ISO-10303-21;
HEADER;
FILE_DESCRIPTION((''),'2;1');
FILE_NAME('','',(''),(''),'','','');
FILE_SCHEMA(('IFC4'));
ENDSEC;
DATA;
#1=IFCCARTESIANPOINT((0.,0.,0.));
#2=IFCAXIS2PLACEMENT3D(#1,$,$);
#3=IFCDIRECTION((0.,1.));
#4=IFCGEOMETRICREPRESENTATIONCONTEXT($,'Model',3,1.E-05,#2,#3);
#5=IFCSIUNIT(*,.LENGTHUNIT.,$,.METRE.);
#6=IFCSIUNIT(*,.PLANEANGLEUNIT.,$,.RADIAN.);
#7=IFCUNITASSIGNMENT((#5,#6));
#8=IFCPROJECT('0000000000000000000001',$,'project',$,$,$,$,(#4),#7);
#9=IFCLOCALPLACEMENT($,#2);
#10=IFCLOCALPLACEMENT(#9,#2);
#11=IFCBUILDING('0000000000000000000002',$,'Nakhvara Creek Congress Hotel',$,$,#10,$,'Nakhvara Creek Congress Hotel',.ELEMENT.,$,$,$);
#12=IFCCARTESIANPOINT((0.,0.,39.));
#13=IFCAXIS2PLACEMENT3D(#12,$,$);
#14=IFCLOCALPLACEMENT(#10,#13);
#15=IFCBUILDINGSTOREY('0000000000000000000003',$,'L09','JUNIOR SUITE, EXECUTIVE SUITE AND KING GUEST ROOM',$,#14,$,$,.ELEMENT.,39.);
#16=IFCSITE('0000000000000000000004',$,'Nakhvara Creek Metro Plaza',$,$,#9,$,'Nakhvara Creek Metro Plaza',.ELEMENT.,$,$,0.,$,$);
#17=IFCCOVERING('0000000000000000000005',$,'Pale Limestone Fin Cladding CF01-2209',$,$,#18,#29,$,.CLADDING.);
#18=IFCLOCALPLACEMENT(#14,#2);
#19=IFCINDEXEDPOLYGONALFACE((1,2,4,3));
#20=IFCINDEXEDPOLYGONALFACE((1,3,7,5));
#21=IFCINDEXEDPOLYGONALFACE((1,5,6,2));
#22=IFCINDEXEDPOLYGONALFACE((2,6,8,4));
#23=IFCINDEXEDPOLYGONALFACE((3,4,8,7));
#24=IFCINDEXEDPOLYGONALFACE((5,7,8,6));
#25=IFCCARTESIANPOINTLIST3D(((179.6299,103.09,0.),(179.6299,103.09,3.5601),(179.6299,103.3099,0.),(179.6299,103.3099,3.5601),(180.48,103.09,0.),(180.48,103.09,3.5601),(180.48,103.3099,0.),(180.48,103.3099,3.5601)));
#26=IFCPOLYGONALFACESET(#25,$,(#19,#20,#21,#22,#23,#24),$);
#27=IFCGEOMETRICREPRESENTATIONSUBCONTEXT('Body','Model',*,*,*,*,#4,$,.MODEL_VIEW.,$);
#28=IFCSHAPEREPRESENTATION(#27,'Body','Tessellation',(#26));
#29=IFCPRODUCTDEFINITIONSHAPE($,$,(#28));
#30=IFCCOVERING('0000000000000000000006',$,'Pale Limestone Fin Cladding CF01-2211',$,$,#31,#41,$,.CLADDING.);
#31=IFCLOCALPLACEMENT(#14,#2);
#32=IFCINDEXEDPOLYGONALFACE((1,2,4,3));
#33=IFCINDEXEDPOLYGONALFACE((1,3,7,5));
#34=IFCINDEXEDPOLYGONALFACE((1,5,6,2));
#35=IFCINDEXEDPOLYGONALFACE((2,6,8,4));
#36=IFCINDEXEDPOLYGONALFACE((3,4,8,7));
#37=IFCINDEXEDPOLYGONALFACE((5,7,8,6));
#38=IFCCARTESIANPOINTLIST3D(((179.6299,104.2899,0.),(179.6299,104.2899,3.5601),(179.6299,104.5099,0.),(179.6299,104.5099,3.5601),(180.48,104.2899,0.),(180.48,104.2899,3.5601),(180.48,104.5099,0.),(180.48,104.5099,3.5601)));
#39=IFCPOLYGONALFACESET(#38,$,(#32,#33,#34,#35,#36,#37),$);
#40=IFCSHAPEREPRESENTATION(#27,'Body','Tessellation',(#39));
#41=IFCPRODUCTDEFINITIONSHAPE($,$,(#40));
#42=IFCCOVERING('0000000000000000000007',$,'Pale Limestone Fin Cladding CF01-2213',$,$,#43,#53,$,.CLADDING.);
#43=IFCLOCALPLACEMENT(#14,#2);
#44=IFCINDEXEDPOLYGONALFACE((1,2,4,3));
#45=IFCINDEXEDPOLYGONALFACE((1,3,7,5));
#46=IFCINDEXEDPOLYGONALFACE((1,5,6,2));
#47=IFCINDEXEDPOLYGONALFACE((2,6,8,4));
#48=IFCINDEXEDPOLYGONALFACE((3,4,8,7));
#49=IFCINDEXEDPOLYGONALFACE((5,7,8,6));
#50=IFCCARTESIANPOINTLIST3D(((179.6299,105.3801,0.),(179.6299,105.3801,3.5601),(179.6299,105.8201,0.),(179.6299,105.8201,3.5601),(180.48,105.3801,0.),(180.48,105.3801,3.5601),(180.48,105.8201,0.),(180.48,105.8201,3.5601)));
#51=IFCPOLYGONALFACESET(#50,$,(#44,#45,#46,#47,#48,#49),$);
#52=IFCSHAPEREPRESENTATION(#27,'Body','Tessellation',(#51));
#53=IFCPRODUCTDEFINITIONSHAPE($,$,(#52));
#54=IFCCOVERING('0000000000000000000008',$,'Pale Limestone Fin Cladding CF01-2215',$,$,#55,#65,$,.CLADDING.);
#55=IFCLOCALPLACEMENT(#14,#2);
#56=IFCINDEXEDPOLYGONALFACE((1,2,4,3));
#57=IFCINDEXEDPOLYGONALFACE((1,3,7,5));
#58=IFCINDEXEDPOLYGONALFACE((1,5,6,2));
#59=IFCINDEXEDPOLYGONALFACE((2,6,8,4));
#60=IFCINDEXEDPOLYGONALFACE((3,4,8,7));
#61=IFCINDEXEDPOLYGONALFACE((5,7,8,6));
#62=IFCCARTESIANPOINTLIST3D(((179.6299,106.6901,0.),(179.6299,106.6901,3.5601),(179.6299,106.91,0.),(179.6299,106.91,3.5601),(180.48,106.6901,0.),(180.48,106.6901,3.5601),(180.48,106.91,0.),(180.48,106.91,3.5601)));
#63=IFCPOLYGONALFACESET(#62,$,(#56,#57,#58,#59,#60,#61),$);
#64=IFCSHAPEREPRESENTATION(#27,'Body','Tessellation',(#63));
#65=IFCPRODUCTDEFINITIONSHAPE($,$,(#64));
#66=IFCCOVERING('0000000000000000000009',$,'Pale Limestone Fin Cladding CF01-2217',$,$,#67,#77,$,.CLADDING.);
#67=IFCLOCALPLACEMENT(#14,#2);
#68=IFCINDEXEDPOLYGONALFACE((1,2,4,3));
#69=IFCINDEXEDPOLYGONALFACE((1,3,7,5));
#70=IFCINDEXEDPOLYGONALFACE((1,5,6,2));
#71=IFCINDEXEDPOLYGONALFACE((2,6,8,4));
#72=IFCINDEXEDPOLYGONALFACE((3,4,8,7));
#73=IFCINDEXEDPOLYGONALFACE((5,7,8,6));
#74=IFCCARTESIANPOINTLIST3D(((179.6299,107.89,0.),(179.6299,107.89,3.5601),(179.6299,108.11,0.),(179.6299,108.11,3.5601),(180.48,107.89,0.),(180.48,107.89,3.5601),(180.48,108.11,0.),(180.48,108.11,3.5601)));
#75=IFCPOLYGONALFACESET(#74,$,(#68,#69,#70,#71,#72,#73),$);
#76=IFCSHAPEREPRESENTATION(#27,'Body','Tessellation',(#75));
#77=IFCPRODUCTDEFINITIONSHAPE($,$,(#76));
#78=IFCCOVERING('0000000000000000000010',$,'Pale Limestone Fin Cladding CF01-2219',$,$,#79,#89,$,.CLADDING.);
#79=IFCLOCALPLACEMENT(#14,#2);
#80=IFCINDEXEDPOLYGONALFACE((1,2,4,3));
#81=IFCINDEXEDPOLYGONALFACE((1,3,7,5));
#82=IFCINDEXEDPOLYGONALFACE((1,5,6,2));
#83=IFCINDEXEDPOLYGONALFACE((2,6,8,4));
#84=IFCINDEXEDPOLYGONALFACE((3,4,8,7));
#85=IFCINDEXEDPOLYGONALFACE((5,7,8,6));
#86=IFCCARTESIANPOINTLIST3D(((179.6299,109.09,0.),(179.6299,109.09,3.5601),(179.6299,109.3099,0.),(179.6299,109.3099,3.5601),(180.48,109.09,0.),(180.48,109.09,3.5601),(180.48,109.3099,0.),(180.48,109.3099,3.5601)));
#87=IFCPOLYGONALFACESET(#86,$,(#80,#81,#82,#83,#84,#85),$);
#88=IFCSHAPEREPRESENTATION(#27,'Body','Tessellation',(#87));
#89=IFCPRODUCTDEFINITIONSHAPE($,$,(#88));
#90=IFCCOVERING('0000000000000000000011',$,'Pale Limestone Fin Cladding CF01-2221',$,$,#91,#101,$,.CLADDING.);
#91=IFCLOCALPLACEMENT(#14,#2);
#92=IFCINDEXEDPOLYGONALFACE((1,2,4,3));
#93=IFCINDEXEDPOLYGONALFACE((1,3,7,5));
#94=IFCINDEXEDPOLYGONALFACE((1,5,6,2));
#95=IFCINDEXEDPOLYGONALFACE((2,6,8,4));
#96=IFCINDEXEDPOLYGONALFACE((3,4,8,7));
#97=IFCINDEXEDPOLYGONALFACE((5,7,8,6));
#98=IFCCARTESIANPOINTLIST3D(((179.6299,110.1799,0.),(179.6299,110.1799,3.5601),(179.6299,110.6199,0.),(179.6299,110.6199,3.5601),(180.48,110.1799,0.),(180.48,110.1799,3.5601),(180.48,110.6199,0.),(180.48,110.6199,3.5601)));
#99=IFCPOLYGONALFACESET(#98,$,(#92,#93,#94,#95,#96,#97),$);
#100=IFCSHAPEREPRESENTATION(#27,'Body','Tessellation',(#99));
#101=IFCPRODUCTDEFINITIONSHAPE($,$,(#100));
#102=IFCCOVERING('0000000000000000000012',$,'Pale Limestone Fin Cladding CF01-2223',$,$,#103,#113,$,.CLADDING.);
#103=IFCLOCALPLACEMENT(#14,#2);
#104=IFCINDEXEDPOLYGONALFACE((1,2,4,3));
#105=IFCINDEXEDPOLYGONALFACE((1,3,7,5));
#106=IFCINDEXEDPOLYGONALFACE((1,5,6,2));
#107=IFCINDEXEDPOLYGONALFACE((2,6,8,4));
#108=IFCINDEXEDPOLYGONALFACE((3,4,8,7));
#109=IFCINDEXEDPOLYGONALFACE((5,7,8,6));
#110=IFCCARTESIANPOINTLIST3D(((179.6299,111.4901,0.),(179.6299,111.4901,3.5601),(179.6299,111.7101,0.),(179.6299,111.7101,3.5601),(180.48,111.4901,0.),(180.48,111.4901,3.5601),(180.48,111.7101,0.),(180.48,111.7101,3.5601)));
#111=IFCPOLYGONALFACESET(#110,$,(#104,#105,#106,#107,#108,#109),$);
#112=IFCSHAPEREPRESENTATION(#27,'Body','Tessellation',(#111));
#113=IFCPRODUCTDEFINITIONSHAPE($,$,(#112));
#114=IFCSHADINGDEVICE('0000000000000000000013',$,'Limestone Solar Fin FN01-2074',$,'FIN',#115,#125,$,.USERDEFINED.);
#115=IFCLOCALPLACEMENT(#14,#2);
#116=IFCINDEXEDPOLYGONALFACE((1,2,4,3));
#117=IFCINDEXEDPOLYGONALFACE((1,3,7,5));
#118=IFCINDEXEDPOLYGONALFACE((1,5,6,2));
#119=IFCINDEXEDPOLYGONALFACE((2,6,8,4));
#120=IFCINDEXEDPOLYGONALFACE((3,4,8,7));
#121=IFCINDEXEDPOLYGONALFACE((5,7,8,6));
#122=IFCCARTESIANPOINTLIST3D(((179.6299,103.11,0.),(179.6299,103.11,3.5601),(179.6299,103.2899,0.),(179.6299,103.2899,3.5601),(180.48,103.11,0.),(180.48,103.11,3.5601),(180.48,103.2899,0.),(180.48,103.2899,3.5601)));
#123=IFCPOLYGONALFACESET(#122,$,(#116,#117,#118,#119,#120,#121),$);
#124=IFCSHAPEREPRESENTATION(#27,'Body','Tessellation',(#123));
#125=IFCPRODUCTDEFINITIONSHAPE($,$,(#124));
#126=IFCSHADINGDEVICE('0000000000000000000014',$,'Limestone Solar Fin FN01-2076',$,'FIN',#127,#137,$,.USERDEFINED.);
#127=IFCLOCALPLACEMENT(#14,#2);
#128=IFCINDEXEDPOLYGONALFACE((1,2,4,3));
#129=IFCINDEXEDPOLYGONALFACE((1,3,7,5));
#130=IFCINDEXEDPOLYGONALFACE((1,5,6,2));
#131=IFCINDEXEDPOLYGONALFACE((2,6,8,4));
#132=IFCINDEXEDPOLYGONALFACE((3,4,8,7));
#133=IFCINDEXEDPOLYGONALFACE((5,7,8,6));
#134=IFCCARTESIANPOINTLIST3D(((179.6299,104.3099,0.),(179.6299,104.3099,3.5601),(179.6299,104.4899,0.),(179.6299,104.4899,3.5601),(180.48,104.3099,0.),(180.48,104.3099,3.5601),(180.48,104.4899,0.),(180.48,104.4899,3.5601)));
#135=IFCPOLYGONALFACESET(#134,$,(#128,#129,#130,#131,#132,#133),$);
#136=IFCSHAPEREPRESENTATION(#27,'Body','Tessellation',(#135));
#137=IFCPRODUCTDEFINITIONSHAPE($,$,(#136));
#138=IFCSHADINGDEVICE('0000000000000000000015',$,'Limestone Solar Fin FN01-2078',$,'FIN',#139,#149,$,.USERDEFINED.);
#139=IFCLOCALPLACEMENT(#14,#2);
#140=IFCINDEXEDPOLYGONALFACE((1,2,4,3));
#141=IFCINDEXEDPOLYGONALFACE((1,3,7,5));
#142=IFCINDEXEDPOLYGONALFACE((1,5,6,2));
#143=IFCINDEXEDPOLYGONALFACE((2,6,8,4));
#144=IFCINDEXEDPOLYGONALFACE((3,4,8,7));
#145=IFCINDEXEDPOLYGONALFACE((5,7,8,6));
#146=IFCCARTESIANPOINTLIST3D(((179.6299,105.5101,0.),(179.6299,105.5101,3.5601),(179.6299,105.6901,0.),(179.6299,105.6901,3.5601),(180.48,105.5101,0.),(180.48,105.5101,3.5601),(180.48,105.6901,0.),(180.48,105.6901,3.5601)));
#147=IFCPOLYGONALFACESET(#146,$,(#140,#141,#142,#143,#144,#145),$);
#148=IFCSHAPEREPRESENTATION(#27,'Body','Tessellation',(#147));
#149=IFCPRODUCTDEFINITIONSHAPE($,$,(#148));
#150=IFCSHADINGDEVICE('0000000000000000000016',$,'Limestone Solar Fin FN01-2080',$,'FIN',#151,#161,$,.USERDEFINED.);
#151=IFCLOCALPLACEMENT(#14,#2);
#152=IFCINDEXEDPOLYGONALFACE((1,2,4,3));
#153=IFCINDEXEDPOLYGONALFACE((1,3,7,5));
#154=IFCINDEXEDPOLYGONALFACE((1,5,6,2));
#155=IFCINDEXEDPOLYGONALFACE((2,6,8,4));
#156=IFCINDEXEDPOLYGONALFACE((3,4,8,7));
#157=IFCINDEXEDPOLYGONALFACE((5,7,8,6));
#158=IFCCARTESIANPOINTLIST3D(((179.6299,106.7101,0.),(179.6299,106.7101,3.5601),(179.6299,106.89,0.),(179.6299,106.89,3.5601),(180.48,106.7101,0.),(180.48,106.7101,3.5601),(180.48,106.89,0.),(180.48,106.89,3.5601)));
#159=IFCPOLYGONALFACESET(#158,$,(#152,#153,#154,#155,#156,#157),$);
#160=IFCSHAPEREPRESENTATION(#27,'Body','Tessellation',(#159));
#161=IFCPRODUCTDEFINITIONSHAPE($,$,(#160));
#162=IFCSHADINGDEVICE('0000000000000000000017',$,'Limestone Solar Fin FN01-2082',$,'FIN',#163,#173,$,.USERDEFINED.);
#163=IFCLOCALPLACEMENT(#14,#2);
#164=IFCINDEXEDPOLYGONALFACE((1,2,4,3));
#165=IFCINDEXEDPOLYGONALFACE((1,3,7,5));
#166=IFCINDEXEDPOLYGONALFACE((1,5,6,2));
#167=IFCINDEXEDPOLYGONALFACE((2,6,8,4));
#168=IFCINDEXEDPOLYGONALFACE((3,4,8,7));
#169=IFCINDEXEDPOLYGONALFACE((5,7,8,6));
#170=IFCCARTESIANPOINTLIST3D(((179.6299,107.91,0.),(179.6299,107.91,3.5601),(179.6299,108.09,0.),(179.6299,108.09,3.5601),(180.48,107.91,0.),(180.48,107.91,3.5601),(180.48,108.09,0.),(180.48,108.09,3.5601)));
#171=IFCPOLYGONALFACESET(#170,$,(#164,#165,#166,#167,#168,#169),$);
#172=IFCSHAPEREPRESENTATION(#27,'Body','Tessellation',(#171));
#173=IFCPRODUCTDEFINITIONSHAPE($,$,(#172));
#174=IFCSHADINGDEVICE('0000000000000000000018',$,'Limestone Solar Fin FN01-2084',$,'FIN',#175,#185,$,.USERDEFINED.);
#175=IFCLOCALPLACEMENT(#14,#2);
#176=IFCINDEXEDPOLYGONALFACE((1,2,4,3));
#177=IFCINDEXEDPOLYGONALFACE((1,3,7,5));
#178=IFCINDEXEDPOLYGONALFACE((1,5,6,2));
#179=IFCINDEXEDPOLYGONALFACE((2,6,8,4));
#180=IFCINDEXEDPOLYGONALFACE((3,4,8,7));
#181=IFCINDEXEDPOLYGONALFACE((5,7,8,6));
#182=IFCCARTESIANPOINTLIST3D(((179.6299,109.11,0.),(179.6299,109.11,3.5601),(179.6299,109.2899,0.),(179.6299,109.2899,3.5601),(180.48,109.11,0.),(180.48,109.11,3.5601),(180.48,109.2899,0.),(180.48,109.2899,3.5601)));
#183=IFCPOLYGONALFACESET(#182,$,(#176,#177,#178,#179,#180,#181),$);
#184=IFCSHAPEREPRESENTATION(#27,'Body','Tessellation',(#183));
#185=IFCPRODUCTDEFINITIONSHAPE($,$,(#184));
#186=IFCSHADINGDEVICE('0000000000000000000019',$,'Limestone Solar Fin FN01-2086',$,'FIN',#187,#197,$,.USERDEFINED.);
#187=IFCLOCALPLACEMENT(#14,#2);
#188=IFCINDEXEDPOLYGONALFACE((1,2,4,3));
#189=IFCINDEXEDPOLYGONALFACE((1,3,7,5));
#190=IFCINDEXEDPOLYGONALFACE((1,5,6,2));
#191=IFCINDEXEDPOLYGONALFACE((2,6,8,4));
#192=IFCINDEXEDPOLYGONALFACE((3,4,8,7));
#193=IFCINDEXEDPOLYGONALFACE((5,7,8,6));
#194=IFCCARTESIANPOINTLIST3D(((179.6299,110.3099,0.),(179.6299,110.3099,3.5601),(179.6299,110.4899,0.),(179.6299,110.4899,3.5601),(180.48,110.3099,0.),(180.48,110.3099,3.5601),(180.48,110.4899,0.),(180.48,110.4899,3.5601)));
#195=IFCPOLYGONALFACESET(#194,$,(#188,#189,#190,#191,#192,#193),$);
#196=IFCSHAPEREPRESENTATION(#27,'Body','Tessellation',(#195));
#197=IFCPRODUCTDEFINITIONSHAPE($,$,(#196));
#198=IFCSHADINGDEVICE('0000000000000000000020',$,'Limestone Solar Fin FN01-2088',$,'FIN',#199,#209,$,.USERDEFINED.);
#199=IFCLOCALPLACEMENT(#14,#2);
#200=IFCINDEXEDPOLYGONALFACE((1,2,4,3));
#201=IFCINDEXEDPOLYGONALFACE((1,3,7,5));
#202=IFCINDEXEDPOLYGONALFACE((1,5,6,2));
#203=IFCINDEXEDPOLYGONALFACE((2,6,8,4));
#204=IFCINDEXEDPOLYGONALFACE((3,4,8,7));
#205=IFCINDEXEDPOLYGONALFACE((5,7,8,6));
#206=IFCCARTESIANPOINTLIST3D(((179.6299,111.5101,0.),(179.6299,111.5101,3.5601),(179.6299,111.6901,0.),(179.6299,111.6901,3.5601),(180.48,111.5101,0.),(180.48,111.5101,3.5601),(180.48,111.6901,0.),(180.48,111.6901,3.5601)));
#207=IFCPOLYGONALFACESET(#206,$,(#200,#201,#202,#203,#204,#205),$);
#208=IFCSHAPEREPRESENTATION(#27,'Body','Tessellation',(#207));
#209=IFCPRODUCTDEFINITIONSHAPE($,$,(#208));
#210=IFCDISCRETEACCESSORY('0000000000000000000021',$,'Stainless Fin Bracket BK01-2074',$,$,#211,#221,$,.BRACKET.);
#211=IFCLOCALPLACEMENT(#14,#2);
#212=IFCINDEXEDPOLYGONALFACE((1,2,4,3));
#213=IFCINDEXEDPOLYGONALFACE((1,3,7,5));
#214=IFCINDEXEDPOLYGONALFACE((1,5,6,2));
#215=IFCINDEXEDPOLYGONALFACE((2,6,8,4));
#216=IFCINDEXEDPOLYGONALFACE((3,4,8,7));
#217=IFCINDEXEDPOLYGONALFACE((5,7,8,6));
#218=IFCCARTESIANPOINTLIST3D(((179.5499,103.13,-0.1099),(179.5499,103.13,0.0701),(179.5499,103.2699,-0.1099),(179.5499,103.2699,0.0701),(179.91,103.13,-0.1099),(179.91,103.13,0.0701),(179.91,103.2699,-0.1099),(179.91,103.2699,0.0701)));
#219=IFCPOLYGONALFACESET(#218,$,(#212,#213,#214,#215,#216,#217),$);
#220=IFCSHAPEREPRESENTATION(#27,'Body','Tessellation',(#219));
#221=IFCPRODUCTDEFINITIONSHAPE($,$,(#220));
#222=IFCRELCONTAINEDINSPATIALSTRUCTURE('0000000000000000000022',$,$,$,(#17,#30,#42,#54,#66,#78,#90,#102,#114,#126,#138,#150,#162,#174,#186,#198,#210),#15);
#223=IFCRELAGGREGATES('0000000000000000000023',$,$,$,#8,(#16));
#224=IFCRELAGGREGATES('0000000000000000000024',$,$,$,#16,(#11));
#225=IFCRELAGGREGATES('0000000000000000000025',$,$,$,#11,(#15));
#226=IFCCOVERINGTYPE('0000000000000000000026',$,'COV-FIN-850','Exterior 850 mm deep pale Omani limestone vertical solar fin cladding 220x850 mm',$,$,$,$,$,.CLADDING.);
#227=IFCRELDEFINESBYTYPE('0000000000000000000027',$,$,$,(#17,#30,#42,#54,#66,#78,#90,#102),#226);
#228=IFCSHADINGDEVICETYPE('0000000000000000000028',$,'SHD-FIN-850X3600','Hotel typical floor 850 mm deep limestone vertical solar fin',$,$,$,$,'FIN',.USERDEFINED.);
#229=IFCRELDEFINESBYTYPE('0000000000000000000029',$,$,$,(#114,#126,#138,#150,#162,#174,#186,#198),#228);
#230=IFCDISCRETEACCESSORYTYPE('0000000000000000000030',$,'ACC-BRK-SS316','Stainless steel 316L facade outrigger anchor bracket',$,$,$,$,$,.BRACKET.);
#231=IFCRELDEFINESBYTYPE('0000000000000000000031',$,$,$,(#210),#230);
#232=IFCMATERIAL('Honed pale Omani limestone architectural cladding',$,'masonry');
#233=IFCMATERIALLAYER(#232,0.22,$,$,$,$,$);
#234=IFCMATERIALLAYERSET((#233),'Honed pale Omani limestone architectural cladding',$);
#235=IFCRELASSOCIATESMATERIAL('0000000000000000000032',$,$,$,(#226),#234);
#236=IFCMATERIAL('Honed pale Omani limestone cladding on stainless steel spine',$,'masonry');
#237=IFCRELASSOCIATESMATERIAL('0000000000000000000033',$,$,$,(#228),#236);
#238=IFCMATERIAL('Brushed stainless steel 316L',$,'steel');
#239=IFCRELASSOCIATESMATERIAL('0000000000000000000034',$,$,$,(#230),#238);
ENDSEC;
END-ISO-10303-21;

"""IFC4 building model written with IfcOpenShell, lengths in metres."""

from ifc_helpers import new_model, si_unit, direction, frame, origin, origin_2d, place, context, subcontext, project, spatial, rectangle, extrude, material, layer, layer_set, type_object, element, save


model = new_model("IFC4")

# Units and contexts
model_context = context("Model", 3, precision=1e-05, world=origin(), true_north=direction((0.0, 1.0)))
body_context = subcontext(model_context, "Body", "Model", "MODEL_VIEW")
ifc_project = project(units=[si_unit("LENGTHUNIT", "METRE"), si_unit("PLANEANGLEUNIT", "RADIAN")], contexts=[model_context])

# Site, building, storey
site_placement = place(None, origin())
site = spatial("IfcSite", under=ifc_project, at=site_placement, Name="Nakhvara Creek Metro Plaza", LongName="Nakhvara Creek Metro Plaza", CompositionType="ELEMENT", RefElevation=0.0)
building_placement = place(site_placement, origin())
building = spatial("IfcBuilding", under=site, at=building_placement, Name="Nakhvara Creek Congress Hotel", LongName="Nakhvara Creek Congress Hotel", CompositionType="ELEMENT")
storey_placement = place(building_placement, frame((0.0, 0.0, 39.0)))
storey = spatial("IfcBuildingStorey", under=building, at=storey_placement, Name="L09", Description="JUNIOR SUITE, EXECUTIVE SUITE AND KING GUEST ROOM", CompositionType="ELEMENT", Elevation=39.0)

# Coverings
ifc_material_1 = material(Name="Honed pale Omani limestone architectural cladding", Category="masonry")
ifc_layer_1 = layer(ifc_material_1, 0.22)
ifc_layer_set_1 = layer_set([ifc_layer_1], Name="Honed pale Omani limestone architectural cladding")
covering_type = type_object("IfcCoveringType", Name="COV-FIN-850", Description="Exterior 850 mm deep pale Omani limestone vertical solar fin cladding 220x850 mm", PredefinedType="CLADDING", material=ifc_layer_set_1)
for number, where, z_axis, x_axis, name in (
    (1, (180.0549, 103.2, 0.0), (0.0, 0.0, 1.0), (0.0, 1.0, 0.0), "Pale Limestone Fin Cladding CF01-2209"),
    (2, (180.0549, 104.3999, 0.0), (0.0, 0.0, 1.0), (0.0, 1.0, 0.0), "Pale Limestone Fin Cladding CF01-2211"),
):
    element("IfcCovering", number, at=place(storey_placement, frame(where, z_axis=z_axis, x_axis=x_axis)), inside=storey, type_object=covering_type, Name=name, PredefinedType="CLADDING", context=body_context, shape_type="SweptSolid", body=[
        extrude(rectangle(XDim=0.22, YDim=0.8501, at=origin_2d()), origin(), (0.0, 0.0, 1.0), 3.5601),
    ])
covering_1_placement = place(storey_placement, frame((180.0549, 105.6001, 0.0), z_axis=(0.0, 0.0, 1.0), x_axis=(0.0, 1.0, 0.0)))
element("IfcCovering", 3, at=covering_1_placement, inside=storey, type_object=covering_type, Name="Pale Limestone Fin Cladding CF01-2213", PredefinedType="CLADDING", context=body_context, shape_type="SweptSolid", body=[
    extrude(rectangle(XDim=0.4399, YDim=0.8501, at=origin_2d()), origin(), (0.0, 0.0, 1.0), 3.5601),
])
for number, where, z_axis, x_axis, name in (
    (4, (180.0549, 106.8, 0.0), (0.0, 0.0, 1.0), (0.0, 1.0, 0.0), "Pale Limestone Fin Cladding CF01-2215"),
    (5, (180.0549, 108.0, 0.0), (0.0, 0.0, 1.0), (0.0, 1.0, 0.0), "Pale Limestone Fin Cladding CF01-2217"),
    (6, (180.0549, 109.2, 0.0), (0.0, 0.0, 1.0), (0.0, 1.0, 0.0), "Pale Limestone Fin Cladding CF01-2219"),
):
    element("IfcCovering", number, at=place(storey_placement, frame(where, z_axis=z_axis, x_axis=x_axis)), inside=storey, type_object=covering_type, Name=name, PredefinedType="CLADDING", context=body_context, shape_type="SweptSolid", body=[
        extrude(rectangle(XDim=0.22, YDim=0.8501, at=origin_2d()), origin(), (0.0, 0.0, 1.0), 3.5601),
    ])
covering_2_placement = place(storey_placement, frame((180.0549, 110.3999, 0.0), z_axis=(0.0, 0.0, 1.0), x_axis=(0.0, 1.0, 0.0)))
element("IfcCovering", 7, at=covering_2_placement, inside=storey, type_object=covering_type, Name="Pale Limestone Fin Cladding CF01-2221", PredefinedType="CLADDING", context=body_context, shape_type="SweptSolid", body=[
    extrude(rectangle(XDim=0.4399, YDim=0.8501, at=origin_2d()), origin(), (0.0, 0.0, 1.0), 3.5601),
])
covering_3_placement = place(storey_placement, frame((180.0549, 111.6001, 0.0), z_axis=(0.0, 0.0, 1.0), x_axis=(0.0, 1.0, 0.0)))
element("IfcCovering", 8, at=covering_3_placement, inside=storey, type_object=covering_type, Name="Pale Limestone Fin Cladding CF01-2223", PredefinedType="CLADDING", context=body_context, shape_type="SweptSolid", body=[
    extrude(rectangle(XDim=0.22, YDim=0.8501, at=origin_2d()), origin(), (0.0, 0.0, 1.0), 3.5601),
])

# Shading devices
ifc_material_2 = material(Name="Honed pale Omani limestone cladding on stainless steel spine", Category="masonry")
shading_device_type = type_object("IfcShadingDeviceType", Name="SHD-FIN-850X3600", Description="Hotel typical floor 850 mm deep limestone vertical solar fin", ElementType="FIN", PredefinedType="USERDEFINED", material=ifc_material_2)
for number, where, z_axis, x_axis, name in (
    (9, (180.0549, 103.2, 0.0), (0.0, 0.0, 1.0), (0.0, 1.0, 0.0), "Limestone Solar Fin FN01-2074"),
    (10, (180.0549, 104.3999, 0.0), (0.0, 0.0, 1.0), (0.0, 1.0, 0.0), "Limestone Solar Fin FN01-2076"),
    (11, (180.0549, 105.6001, 0.0), (0.0, 0.0, 1.0), (0.0, 1.0, 0.0), "Limestone Solar Fin FN01-2078"),
    (12, (180.0549, 106.8, 0.0), (0.0, 0.0, 1.0), (0.0, 1.0, 0.0), "Limestone Solar Fin FN01-2080"),
    (13, (180.0549, 108.0, 0.0), (0.0, 0.0, 1.0), (0.0, 1.0, 0.0), "Limestone Solar Fin FN01-2082"),
    (14, (180.0549, 109.2, 0.0), (0.0, 0.0, 1.0), (0.0, 1.0, 0.0), "Limestone Solar Fin FN01-2084"),
    (15, (180.0549, 110.3999, 0.0), (0.0, 0.0, 1.0), (0.0, 1.0, 0.0), "Limestone Solar Fin FN01-2086"),
    (16, (180.0549, 111.6001, 0.0), (0.0, 0.0, 1.0), (0.0, 1.0, 0.0), "Limestone Solar Fin FN01-2088"),
):
    element("IfcShadingDevice", number, at=place(storey_placement, frame(where, z_axis=z_axis, x_axis=x_axis)), inside=storey, type_object=shading_device_type, Name=name, ObjectType="FIN", PredefinedType="USERDEFINED", context=body_context, shape_type="SweptSolid", body=[
        extrude(rectangle(XDim=0.1799, YDim=0.8501, at=origin_2d()), origin(), (0.0, 0.0, 1.0), 3.5601),
    ])

# Discrete accessory
ifc_material_3 = material(Name="Brushed stainless steel 316L", Category="steel")
discrete_accessory_type = type_object("IfcDiscreteAccessoryType", Name="ACC-BRK-SS316", Description="Stainless steel 316L facade outrigger anchor bracket", PredefinedType="BRACKET", material=ifc_material_3)
for number, where, z_axis, x_axis, name in (
    (17, (179.73, 103.2, -0.1099), (0.0, 0.0, 1.0), (0.0, 1.0, 0.0), "Stainless Fin Bracket BK01-2074"),
):
    element("IfcDiscreteAccessory", number, at=place(storey_placement, frame(where, z_axis=z_axis, x_axis=x_axis)), inside=storey, type_object=discrete_accessory_type, Name=name, PredefinedType="BRACKET", context=body_context, shape_type="SweptSolid", body=[
        extrude(rectangle(XDim=0.1399, YDim=0.3601, at=origin_2d()), origin(), (0.0, 0.0, 1.0), 0.1799),
    ])

save(model, "model.ifc")
